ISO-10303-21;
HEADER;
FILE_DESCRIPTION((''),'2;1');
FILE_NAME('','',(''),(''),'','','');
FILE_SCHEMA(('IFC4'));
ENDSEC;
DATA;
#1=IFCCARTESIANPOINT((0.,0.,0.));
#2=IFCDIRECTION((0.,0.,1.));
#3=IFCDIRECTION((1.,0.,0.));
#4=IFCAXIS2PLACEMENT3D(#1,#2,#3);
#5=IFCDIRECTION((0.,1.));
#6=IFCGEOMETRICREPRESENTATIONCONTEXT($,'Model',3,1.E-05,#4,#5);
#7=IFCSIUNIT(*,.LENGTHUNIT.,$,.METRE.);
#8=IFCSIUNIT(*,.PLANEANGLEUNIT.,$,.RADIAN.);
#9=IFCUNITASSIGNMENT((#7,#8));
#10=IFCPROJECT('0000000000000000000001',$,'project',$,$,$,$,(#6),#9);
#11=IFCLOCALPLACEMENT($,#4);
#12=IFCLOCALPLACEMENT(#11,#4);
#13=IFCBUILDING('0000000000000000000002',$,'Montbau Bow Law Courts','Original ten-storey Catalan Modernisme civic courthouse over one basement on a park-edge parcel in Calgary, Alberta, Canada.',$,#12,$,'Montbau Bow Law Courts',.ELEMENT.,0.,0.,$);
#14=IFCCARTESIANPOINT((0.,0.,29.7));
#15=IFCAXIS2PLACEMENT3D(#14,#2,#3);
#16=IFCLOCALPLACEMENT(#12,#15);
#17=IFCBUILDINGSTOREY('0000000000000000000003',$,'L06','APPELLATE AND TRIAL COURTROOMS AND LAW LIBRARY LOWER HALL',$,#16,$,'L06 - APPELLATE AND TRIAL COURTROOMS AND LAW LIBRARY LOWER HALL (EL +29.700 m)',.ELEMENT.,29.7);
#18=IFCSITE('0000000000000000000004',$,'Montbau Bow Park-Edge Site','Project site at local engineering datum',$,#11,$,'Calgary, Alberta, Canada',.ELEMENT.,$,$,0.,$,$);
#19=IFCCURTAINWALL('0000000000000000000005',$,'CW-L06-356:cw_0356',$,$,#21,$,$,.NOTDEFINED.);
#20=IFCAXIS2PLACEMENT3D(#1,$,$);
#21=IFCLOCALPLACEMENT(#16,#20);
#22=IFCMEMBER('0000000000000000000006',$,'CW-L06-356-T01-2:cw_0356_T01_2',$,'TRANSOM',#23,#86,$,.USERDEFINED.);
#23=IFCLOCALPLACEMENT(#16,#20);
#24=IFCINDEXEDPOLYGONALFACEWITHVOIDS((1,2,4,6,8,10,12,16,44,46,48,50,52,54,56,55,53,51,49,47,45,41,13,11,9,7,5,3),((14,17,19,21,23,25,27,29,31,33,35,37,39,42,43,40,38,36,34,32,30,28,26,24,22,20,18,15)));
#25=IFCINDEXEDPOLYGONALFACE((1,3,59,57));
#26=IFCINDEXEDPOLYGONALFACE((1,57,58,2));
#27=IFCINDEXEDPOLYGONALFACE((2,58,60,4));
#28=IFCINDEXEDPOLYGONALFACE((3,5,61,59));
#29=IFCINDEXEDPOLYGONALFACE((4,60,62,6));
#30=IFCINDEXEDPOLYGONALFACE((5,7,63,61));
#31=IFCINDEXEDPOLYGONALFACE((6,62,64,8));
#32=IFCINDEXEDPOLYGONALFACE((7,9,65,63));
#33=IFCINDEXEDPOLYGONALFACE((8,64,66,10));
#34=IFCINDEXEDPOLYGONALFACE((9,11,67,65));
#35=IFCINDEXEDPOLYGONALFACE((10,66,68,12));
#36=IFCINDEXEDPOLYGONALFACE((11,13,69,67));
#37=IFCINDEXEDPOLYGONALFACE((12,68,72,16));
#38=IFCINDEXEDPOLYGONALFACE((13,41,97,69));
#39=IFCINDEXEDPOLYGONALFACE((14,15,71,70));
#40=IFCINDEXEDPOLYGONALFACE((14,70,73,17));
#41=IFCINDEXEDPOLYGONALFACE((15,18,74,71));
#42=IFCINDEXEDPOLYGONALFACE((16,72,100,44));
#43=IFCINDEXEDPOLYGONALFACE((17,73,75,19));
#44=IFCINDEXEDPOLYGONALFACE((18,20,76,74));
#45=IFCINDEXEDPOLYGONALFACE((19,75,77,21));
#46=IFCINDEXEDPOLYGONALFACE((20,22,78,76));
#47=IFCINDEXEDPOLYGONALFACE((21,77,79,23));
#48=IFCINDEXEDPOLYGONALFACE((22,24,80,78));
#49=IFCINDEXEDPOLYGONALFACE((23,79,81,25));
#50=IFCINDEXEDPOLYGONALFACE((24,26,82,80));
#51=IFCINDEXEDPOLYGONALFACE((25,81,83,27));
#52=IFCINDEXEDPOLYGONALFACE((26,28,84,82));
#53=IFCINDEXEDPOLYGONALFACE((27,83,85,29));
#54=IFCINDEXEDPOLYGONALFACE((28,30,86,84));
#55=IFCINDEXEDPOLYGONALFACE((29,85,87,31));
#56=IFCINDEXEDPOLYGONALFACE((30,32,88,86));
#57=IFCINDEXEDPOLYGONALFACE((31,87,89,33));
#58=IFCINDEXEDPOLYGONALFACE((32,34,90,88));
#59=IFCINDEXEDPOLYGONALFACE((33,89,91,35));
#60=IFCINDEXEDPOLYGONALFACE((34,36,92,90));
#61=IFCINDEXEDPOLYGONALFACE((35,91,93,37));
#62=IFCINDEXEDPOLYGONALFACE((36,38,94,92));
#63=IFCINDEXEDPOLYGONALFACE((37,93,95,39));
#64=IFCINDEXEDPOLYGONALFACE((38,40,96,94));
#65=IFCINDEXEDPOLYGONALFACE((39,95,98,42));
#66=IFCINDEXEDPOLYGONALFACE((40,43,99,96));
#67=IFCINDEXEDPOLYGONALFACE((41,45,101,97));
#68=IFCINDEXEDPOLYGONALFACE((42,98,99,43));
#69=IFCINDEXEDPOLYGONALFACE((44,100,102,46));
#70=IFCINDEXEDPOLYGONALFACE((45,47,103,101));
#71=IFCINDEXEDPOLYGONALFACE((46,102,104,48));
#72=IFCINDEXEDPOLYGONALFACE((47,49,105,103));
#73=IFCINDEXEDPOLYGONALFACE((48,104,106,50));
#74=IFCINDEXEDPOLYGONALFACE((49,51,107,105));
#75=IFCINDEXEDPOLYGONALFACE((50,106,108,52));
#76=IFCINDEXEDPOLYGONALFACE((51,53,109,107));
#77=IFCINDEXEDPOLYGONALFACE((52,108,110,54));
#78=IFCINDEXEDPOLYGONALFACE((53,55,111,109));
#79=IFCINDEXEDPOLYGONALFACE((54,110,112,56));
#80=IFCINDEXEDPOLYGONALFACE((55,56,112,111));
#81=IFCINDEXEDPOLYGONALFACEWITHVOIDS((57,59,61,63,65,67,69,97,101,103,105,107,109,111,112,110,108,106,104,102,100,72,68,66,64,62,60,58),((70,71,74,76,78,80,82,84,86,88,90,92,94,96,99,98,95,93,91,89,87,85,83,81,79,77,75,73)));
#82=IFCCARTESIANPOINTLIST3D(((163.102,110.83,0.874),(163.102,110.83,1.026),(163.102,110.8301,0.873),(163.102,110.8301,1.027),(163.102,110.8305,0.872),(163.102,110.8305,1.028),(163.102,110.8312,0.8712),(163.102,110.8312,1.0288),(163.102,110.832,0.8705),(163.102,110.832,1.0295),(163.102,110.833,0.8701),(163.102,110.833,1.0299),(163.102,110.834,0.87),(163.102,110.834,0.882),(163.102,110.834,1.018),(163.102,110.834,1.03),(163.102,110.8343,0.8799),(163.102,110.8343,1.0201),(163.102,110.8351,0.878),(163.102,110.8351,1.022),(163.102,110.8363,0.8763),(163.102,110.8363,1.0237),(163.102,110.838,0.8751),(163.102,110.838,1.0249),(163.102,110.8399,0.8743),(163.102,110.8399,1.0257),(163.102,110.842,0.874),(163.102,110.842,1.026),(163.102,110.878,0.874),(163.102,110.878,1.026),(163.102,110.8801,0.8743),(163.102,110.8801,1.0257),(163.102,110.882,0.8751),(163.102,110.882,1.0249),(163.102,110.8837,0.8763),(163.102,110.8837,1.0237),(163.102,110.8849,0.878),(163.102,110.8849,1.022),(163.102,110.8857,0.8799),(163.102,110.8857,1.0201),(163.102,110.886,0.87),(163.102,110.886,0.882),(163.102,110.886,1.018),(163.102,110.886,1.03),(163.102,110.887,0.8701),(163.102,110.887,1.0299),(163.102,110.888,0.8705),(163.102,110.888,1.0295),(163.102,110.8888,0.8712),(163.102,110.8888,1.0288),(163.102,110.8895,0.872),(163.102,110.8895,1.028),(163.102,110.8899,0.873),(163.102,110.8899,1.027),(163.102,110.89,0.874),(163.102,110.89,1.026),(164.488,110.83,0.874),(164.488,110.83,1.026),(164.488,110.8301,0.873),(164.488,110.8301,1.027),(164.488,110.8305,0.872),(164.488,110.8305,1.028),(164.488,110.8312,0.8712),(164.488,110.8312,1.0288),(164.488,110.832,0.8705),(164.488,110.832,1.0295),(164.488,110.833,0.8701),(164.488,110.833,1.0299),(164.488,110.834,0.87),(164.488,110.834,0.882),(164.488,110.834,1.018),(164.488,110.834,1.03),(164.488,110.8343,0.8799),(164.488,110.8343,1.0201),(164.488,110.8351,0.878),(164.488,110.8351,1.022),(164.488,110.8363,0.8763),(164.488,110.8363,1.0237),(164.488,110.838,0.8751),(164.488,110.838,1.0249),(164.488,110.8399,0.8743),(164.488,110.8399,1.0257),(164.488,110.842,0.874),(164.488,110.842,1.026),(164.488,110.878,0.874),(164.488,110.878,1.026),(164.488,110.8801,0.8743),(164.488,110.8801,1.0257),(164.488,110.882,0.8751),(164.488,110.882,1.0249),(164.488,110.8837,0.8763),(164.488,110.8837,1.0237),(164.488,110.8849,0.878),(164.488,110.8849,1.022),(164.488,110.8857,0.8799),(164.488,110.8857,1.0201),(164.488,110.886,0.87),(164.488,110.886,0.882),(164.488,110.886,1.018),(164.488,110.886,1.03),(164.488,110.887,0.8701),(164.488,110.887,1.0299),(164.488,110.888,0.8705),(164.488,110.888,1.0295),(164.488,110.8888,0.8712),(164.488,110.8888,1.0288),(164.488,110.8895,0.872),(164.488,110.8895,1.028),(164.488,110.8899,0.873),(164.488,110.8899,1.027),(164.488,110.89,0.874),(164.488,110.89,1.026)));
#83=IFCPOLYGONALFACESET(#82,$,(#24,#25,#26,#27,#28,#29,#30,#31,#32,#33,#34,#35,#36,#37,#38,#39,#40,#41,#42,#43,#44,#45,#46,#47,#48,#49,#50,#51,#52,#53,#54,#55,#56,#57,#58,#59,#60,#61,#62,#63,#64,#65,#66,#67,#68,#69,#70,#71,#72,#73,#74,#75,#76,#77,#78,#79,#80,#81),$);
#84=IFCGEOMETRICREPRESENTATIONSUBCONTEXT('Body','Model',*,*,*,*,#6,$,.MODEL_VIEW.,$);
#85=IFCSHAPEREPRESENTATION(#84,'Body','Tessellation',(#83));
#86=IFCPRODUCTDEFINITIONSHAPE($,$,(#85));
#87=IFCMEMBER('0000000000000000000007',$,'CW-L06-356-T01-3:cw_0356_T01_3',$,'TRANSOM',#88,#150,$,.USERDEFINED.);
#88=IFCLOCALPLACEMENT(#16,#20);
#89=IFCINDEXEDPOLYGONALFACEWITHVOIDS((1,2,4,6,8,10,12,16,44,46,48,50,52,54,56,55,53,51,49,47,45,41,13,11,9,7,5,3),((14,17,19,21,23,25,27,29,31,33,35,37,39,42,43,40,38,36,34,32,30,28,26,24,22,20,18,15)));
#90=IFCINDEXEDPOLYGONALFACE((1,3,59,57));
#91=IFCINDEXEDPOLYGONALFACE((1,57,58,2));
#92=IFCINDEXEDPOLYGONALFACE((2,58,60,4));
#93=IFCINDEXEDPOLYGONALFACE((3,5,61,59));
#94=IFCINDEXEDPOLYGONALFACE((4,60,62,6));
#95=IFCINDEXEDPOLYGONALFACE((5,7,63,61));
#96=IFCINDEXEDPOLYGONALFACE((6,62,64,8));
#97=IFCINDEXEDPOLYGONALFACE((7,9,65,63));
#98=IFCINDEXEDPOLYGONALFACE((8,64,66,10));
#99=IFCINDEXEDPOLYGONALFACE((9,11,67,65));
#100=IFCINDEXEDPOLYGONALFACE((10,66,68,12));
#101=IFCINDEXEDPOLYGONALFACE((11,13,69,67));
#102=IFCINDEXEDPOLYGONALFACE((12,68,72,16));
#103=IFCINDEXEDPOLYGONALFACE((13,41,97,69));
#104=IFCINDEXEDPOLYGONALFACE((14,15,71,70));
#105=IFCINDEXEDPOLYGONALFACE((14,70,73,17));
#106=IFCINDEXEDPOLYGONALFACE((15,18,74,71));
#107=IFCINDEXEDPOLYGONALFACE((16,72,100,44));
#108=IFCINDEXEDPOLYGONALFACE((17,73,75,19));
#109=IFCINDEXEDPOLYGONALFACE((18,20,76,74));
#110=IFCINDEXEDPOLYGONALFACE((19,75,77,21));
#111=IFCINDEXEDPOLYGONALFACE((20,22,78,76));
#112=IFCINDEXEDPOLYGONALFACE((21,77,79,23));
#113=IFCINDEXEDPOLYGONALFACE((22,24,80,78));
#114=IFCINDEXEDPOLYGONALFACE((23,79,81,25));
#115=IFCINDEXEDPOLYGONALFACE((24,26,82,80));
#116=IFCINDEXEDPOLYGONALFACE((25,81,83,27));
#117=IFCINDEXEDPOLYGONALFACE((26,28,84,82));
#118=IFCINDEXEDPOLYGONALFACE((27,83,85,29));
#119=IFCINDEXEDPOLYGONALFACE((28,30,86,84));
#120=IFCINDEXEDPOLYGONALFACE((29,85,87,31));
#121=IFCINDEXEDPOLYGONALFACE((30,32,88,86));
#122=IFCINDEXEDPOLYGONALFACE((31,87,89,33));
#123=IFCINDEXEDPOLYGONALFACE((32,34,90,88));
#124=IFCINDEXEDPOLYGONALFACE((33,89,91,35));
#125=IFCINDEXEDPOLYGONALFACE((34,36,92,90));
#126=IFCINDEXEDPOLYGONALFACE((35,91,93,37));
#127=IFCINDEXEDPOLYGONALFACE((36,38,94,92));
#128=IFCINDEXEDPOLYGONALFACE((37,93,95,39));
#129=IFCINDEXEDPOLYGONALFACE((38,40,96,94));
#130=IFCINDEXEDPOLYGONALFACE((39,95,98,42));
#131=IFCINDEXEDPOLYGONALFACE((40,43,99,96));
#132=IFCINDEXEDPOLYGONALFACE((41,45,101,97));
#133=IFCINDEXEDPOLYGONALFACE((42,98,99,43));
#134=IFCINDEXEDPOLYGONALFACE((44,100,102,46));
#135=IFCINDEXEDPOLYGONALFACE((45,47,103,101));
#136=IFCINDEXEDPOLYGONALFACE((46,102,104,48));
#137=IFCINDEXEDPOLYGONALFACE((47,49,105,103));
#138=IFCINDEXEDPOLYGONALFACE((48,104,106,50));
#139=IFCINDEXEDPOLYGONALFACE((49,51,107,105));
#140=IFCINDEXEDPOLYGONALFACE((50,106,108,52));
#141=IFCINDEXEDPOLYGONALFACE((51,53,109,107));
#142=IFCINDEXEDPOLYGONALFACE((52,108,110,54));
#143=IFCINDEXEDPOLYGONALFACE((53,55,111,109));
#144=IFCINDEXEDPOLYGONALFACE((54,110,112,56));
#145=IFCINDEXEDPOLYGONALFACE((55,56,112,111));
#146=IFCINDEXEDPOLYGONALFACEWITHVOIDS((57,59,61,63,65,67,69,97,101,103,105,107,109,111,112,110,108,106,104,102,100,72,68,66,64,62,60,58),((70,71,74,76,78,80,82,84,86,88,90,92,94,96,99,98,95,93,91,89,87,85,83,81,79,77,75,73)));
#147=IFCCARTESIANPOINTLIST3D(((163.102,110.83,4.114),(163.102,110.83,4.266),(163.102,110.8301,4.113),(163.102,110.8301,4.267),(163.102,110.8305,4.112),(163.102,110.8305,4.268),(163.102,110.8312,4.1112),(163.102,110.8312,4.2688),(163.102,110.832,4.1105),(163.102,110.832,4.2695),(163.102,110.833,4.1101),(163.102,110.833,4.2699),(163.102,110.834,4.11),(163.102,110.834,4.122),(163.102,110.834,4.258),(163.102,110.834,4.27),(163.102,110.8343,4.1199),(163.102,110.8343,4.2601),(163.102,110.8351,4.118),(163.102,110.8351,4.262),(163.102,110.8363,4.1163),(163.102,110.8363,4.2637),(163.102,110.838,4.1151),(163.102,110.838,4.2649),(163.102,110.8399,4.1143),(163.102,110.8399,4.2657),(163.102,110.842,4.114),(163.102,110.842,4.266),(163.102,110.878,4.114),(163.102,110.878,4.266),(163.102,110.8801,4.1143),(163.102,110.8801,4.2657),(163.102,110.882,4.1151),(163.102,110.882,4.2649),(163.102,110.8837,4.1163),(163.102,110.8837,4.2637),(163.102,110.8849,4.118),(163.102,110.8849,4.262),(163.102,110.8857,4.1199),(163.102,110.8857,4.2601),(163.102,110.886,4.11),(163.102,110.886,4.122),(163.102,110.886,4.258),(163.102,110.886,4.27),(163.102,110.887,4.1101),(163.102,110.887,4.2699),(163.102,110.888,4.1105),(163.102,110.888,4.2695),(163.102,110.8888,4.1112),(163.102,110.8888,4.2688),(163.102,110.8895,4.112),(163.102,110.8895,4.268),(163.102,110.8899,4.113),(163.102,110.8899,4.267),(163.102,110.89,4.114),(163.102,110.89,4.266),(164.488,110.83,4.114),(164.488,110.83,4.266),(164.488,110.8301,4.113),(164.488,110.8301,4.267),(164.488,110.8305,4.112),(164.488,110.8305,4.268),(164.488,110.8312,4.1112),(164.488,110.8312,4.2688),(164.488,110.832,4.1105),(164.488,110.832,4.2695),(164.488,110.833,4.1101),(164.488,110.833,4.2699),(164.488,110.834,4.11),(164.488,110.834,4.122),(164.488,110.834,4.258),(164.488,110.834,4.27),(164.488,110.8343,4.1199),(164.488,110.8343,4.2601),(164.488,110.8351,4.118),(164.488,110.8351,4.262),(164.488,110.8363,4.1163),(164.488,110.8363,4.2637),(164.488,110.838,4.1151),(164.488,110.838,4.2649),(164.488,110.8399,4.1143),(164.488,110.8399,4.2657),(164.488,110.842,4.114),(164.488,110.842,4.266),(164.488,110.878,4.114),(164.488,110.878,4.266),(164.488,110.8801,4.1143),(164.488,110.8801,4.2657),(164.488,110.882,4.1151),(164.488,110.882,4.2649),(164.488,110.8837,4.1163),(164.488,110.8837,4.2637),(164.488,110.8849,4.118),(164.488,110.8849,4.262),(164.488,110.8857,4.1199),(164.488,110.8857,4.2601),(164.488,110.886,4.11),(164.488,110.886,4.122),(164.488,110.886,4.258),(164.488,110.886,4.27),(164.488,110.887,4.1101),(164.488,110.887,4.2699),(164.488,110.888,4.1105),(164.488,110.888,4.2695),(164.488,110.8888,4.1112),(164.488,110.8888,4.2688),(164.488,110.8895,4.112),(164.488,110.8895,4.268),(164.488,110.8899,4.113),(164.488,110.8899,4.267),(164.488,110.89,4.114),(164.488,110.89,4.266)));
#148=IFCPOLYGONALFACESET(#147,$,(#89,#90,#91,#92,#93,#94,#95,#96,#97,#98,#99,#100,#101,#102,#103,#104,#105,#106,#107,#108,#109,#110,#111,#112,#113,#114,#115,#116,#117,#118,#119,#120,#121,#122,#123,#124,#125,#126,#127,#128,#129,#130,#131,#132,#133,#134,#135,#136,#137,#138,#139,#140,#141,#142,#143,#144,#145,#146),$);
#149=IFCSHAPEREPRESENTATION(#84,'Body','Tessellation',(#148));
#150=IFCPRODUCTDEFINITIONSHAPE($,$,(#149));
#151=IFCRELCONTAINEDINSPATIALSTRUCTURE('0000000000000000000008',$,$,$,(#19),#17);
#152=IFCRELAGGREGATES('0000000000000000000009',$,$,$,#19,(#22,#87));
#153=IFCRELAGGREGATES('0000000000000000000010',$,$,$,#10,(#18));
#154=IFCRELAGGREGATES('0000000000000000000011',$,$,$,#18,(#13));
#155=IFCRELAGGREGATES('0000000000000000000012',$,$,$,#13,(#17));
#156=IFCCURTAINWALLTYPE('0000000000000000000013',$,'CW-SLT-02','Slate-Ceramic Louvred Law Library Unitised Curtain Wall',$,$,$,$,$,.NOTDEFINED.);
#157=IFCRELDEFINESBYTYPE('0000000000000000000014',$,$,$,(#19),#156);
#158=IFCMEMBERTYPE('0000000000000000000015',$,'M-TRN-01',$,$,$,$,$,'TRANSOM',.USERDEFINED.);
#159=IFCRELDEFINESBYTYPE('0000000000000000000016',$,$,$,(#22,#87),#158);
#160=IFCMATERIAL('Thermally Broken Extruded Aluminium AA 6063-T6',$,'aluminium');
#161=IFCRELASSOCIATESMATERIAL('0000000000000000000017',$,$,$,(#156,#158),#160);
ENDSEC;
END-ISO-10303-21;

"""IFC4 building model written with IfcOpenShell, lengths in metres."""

from ifc_helpers import new_model, si_unit, direction, frame, origin_with_axes, origin_2d_with_axis, place, context, subcontext, project, spatial, hollow_rectangle, extrude, material, material_profile, profile_set, type_object, element, aggregate, save


model = new_model("IFC4")

# Units and contexts
model_context = context("Model", 3, precision=1e-05, world=origin_with_axes(), true_north=direction((0.0, 1.0)))
body_context = subcontext(model_context, "Body", "Model", "MODEL_VIEW")
ifc_project = project(units=[si_unit("LENGTHUNIT", "METRE"), si_unit("PLANEANGLEUNIT", "RADIAN")], contexts=[model_context])

# Site, building, storey
site_placement = place(None, origin_with_axes())
site = spatial("IfcSite", under=ifc_project, at=site_placement, Name="Montbau Bow Park-Edge Site", Description="Project site at local engineering datum", LongName="Calgary, Alberta, Canada", CompositionType="ELEMENT", RefElevation=0.0)
building_placement = place(site_placement, origin_with_axes())
building = spatial("IfcBuilding", under=site, at=building_placement, Name="Montbau Bow Law Courts", Description="Original ten-storey Catalan Modernisme civic courthouse over one basement on a park-edge parcel in Calgary, Alberta, Canada.", LongName="Montbau Bow Law Courts", CompositionType="ELEMENT", ElevationOfRefHeight=0.0, ElevationOfTerrain=0.0)
storey_placement = place(building_placement, frame((0.0, 0.0, 29.7), z_axis=(0.0, 0.0, 1.0), x_axis=(1.0, 0.0, 0.0)))
storey = spatial("IfcBuildingStorey", under=building, at=storey_placement, Name="L06", Description="APPELLATE AND TRIAL COURTROOMS AND LAW LIBRARY LOWER HALL", LongName="L06 - APPELLATE AND TRIAL COURTROOMS AND LAW LIBRARY LOWER HALL (EL +29.700 m)", CompositionType="ELEMENT", Elevation=29.7)

# Shared definitions
ifc_material_1 = material(Name="Thermally Broken Extruded Aluminium AA 6063-T6", Category="aluminium")
curtain_wall_type = type_object("IfcCurtainWallType", Name="CW-SLT-02", Description="Slate-Ceramic Louvred Law Library Unitised Curtain Wall", PredefinedType="NOTDEFINED", material=ifc_material_1)

# Curtain wall, members
curtain_wall_1_placement = place(None, frame((163.04, 110.86, 29.7), z_axis=(0.0, 0.0, 1.0), x_axis=(1.0, 0.0, 0.0)))
curtain_wall_1 = element("IfcCurtainWall", 1, at=curtain_wall_1_placement, inside=storey, type_object=curtain_wall_type, Name="CW-L06-356:cw_0356", PredefinedType="NOTDEFINED")
ifc_material_profile_1 = material_profile(ifc_material_1, hollow_rectangle(XDim=0.06, YDim=0.16, WallThickness=0.004, InnerFilletRadius=0.008, OuterFilletRadius=0.004, at=origin_2d_with_axis()), Name="CWT-160X60", Category="Main", Priority=0)
ifc_profile_set_1 = profile_set([ifc_material_profile_1], Name="Thermally Broken Extruded Aluminium AA 6063-T6")
member_type_1 = type_object("IfcMemberType", Name="M-TRN-01", ElementType="TRANSOM", PredefinedType="USERDEFINED", material=ifc_profile_set_1)
member_1_placement = place(None, frame((163.102, 110.86, 30.65), z_axis=(1.0, 0.0, 0.0), x_axis=(0.0, 1.0, 0.0)))
member_1 = element("IfcMember", 2, at=member_1_placement, type_object=member_type_1, Name="CW-L06-356-T01-2:cw_0356_T01_2", ObjectType="TRANSOM", PredefinedType="USERDEFINED", context=body_context, shape_type="SweptSolid", body=[
    extrude(hollow_rectangle(XDim=0.06, YDim=0.16, WallThickness=0.004, InnerFilletRadius=0.008, OuterFilletRadius=0.004, at=origin_2d_with_axis()), origin_with_axes(), (0.0, 0.0, 1.0), 1.386),
])
member_2_placement = place(None, frame((163.102, 110.86, 33.89), z_axis=(1.0, 0.0, 0.0), x_axis=(0.0, 1.0, 0.0)))
member_2 = element("IfcMember", 3, at=member_2_placement, type_object=member_type_1, Name="CW-L06-356-T01-3:cw_0356_T01_3", ObjectType="TRANSOM", PredefinedType="USERDEFINED", context=body_context, shape_type="SweptSolid", body=[
    extrude(hollow_rectangle(XDim=0.06, YDim=0.16, WallThickness=0.004, InnerFilletRadius=0.008, OuterFilletRadius=0.004, at=origin_2d_with_axis()), origin_with_axes(), (0.0, 0.0, 1.0), 1.386),
])

aggregate(curtain_wall_1, [member_1, member_2])

save(model, "model.ifc")
